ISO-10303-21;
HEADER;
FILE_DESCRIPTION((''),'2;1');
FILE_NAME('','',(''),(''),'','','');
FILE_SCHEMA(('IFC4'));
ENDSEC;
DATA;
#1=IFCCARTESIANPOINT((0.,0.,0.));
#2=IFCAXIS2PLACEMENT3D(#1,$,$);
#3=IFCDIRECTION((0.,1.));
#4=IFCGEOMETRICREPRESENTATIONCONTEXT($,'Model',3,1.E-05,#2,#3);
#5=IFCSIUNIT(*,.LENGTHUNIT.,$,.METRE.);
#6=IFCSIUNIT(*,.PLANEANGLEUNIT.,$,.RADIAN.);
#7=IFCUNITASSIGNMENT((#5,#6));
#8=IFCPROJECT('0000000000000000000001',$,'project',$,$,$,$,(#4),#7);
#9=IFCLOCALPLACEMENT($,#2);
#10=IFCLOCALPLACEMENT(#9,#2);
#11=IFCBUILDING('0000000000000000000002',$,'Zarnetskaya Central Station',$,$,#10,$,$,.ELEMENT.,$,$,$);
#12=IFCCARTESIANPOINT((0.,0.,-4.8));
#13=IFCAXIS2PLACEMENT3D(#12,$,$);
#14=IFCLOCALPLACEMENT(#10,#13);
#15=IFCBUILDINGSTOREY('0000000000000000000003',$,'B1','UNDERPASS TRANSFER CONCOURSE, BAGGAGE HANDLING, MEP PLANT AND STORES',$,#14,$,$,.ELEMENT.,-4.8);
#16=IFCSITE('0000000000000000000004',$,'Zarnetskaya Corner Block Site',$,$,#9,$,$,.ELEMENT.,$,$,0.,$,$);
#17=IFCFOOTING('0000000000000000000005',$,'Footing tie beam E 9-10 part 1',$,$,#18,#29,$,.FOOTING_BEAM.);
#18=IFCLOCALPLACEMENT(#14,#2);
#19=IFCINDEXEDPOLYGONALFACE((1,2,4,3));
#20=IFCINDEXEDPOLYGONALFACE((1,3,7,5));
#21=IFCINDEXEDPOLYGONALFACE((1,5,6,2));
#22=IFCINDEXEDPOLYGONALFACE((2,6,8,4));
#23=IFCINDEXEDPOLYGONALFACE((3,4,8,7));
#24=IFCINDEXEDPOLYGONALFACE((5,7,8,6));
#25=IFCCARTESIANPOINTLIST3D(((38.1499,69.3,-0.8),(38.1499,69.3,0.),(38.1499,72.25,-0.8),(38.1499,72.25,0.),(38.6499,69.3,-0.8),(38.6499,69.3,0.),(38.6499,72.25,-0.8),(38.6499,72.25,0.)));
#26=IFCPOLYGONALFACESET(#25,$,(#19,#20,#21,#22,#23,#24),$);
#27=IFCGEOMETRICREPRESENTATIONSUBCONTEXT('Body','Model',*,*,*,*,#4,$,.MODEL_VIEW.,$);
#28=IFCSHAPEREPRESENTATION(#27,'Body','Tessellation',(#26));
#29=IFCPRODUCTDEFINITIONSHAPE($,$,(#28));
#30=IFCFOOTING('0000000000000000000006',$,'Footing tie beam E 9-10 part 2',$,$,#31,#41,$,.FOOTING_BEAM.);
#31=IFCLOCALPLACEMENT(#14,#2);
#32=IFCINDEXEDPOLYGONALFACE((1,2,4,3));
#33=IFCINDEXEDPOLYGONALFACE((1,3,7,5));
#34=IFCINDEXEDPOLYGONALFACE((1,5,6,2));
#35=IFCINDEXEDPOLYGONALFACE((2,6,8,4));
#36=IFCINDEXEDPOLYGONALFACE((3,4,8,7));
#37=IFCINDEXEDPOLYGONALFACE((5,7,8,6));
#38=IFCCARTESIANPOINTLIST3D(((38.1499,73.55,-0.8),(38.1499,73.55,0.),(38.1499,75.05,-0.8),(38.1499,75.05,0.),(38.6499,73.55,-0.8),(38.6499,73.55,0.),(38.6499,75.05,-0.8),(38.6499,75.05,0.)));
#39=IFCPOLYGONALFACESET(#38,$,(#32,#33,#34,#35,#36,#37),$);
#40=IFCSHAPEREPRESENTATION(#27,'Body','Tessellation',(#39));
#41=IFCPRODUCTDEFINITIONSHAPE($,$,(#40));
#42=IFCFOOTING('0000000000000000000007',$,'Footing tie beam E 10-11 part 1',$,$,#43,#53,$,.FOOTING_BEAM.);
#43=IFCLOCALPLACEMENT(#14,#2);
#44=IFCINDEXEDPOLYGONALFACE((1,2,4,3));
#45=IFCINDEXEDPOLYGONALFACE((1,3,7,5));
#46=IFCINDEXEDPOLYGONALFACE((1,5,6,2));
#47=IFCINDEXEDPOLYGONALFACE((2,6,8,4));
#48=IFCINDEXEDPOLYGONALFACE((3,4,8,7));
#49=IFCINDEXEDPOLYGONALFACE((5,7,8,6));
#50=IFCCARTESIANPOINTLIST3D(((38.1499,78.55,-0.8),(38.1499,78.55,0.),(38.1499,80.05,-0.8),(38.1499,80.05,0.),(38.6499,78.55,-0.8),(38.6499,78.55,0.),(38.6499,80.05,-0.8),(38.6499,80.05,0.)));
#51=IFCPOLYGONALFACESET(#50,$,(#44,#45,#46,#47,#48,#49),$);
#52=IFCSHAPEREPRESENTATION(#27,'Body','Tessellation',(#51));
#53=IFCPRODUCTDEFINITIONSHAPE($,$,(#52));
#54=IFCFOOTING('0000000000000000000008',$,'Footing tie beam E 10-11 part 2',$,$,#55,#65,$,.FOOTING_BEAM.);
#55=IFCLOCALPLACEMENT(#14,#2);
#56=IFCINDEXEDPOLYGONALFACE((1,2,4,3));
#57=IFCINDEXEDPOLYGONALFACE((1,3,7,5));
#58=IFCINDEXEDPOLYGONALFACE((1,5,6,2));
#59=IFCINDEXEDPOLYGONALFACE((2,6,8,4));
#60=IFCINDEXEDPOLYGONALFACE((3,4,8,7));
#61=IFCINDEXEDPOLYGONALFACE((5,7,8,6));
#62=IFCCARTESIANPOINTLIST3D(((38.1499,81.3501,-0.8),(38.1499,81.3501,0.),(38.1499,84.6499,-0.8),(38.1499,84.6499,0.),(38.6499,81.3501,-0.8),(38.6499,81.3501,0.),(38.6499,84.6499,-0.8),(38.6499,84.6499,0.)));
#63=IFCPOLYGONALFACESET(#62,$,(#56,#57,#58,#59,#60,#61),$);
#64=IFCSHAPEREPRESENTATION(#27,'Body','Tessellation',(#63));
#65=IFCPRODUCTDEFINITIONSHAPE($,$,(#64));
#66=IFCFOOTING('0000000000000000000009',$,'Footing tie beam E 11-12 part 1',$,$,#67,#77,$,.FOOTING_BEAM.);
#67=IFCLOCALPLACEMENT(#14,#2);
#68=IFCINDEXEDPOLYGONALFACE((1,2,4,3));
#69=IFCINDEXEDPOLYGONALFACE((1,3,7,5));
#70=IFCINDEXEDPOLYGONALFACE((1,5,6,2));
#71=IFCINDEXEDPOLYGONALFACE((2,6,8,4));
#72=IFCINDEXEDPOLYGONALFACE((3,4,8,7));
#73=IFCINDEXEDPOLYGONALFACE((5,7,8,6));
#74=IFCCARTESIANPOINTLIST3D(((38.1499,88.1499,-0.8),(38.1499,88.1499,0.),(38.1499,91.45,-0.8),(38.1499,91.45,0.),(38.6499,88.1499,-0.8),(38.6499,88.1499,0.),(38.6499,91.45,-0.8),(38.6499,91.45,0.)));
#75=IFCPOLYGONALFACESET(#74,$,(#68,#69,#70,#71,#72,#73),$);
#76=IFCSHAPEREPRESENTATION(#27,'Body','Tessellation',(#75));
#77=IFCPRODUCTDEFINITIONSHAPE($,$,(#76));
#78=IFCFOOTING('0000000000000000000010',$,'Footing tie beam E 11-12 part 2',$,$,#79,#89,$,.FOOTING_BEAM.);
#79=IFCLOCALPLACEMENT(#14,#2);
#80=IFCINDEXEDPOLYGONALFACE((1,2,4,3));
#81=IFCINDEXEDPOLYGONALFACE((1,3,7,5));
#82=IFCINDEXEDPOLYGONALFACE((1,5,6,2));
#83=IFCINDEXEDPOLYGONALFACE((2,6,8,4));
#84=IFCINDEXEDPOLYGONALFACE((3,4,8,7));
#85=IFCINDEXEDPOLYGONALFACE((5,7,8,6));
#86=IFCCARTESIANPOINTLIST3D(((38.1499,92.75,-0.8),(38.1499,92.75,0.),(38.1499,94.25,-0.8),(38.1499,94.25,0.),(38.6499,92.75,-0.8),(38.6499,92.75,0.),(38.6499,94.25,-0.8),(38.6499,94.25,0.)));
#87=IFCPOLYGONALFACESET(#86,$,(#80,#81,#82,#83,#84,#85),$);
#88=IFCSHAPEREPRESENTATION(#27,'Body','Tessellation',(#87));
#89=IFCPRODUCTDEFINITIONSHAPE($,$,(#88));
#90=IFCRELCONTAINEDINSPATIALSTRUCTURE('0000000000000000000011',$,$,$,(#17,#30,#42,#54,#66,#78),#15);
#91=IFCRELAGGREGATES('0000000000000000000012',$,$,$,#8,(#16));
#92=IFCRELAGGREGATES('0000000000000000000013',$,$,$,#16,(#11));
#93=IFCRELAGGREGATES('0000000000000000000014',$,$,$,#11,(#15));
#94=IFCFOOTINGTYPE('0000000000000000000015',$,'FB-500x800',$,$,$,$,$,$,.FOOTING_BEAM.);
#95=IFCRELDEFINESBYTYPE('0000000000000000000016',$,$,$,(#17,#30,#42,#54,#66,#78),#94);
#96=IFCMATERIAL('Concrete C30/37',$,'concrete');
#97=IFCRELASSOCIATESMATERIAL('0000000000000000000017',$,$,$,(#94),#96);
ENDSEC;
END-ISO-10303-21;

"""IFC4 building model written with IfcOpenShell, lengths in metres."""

from ifc_helpers import new_model, si_unit, direction, frame, origin, place, context, subcontext, project, spatial, polyline, outline, extrude, material, type_object, element, save


model = new_model("IFC4")

# Units and contexts
model_context = context("Model", 3, precision=1e-05, world=origin(), true_north=direction((0.0, 1.0)))
body_context = subcontext(model_context, "Body", "Model", "MODEL_VIEW")
ifc_project = project(units=[si_unit("LENGTHUNIT", "METRE"), si_unit("PLANEANGLEUNIT", "RADIAN")], contexts=[model_context])

# Site, building, storey
site_placement = place(None, origin())
site = spatial("IfcSite", under=ifc_project, at=site_placement, Name="Zarnetskaya Corner Block Site", CompositionType="ELEMENT", RefElevation=0.0)
building_placement = place(site_placement, origin())
building = spatial("IfcBuilding", under=site, at=building_placement, Name="Zarnetskaya Central Station", CompositionType="ELEMENT")
storey_placement = place(building_placement, frame((0.0, 0.0, -4.8)))
storey = spatial("IfcBuildingStorey", under=building, at=storey_placement, Name="B1", Description="UNDERPASS TRANSFER CONCOURSE, BAGGAGE HANDLING, MEP PLANT AND STORES", CompositionType="ELEMENT", Elevation=-4.8)

# Footings
ifc_material = material(Name="Concrete C30/37", Category="concrete")
footing_type = type_object("IfcFootingType", Name="FB-500x800", PredefinedType="FOOTING_BEAM", material=ifc_material)
footing_1_placement = place(storey_placement, frame((0.0, 0.0, -0.8)))
element("IfcFooting", 1, at=footing_1_placement, inside=storey, type_object=footing_type, Name="Footing tie beam E 9-10 part 1", PredefinedType="FOOTING_BEAM", context=body_context, shape_type="SweptSolid", body=[
    extrude(outline(polyline([(38.1499, 69.3), (38.6499, 69.3), (38.6499, 72.25), (38.1499, 72.25), (38.1499, 69.3)])), origin(), (0.0, 0.0, 1.0), 0.8),
])
footing_2_placement = place(storey_placement, frame((0.0, 0.0, -0.8)))
element("IfcFooting", 2, at=footing_2_placement, inside=storey, type_object=footing_type, Name="Footing tie beam E 9-10 part 2", PredefinedType="FOOTING_BEAM", context=body_context, shape_type="SweptSolid", body=[
    extrude(outline(polyline([(38.1499, 73.55), (38.6499, 73.55), (38.6499, 75.05), (38.1499, 75.05), (38.1499, 73.55)])), origin(), (0.0, 0.0, 1.0), 0.8),
])
footing_3_placement = place(storey_placement, frame((0.0, 0.0, -0.8)))
element("IfcFooting", 3, at=footing_3_placement, inside=storey, type_object=footing_type, Name="Footing tie beam E 10-11 part 1", PredefinedType="FOOTING_BEAM", context=body_context, shape_type="SweptSolid", body=[
    extrude(outline(polyline([(38.1499, 78.55), (38.6499, 78.55), (38.6499, 80.05), (38.1499, 80.05), (38.1499, 78.55)])), origin(), (0.0, 0.0, 1.0), 0.8),
])
footing_4_placement = place(storey_placement, frame((0.0, 0.0, -0.8)))
element("IfcFooting", 4, at=footing_4_placement, inside=storey, type_object=footing_type, Name="Footing tie beam E 10-11 part 2", PredefinedType="FOOTING_BEAM", context=body_context, shape_type="SweptSolid", body=[
    extrude(outline(polyline([(38.1499, 81.3501), (38.6499, 81.3501), (38.6499, 84.6499), (38.1499, 84.6499), (38.1499, 81.3501)])), origin(), (0.0, 0.0, 1.0), 0.8),
])
footing_5_placement = place(storey_placement, frame((0.0, 0.0, -0.8)))
element("IfcFooting", 5, at=footing_5_placement, inside=storey, type_object=footing_type, Name="Footing tie beam E 11-12 part 1", PredefinedType="FOOTING_BEAM", context=body_context, shape_type="SweptSolid", body=[
    extrude(outline(polyline([(38.1499, 88.1499), (38.6499, 88.1499), (38.6499, 91.45), (38.1499, 91.45), (38.1499, 88.1499)])), origin(), (0.0, 0.0, 1.0), 0.8),
])
footing_6_placement = place(storey_placement, frame((0.0, 0.0, -0.8)))
element("IfcFooting", 6, at=footing_6_placement, inside=storey, type_object=footing_type, Name="Footing tie beam E 11-12 part 2", PredefinedType="FOOTING_BEAM", context=body_context, shape_type="SweptSolid", body=[
    extrude(outline(polyline([(38.1499, 92.75), (38.6499, 92.75), (38.6499, 94.25), (38.1499, 94.25), (38.1499, 92.75)])), origin(), (0.0, 0.0, 1.0), 0.8),
])

save(model, "model.ifc")
